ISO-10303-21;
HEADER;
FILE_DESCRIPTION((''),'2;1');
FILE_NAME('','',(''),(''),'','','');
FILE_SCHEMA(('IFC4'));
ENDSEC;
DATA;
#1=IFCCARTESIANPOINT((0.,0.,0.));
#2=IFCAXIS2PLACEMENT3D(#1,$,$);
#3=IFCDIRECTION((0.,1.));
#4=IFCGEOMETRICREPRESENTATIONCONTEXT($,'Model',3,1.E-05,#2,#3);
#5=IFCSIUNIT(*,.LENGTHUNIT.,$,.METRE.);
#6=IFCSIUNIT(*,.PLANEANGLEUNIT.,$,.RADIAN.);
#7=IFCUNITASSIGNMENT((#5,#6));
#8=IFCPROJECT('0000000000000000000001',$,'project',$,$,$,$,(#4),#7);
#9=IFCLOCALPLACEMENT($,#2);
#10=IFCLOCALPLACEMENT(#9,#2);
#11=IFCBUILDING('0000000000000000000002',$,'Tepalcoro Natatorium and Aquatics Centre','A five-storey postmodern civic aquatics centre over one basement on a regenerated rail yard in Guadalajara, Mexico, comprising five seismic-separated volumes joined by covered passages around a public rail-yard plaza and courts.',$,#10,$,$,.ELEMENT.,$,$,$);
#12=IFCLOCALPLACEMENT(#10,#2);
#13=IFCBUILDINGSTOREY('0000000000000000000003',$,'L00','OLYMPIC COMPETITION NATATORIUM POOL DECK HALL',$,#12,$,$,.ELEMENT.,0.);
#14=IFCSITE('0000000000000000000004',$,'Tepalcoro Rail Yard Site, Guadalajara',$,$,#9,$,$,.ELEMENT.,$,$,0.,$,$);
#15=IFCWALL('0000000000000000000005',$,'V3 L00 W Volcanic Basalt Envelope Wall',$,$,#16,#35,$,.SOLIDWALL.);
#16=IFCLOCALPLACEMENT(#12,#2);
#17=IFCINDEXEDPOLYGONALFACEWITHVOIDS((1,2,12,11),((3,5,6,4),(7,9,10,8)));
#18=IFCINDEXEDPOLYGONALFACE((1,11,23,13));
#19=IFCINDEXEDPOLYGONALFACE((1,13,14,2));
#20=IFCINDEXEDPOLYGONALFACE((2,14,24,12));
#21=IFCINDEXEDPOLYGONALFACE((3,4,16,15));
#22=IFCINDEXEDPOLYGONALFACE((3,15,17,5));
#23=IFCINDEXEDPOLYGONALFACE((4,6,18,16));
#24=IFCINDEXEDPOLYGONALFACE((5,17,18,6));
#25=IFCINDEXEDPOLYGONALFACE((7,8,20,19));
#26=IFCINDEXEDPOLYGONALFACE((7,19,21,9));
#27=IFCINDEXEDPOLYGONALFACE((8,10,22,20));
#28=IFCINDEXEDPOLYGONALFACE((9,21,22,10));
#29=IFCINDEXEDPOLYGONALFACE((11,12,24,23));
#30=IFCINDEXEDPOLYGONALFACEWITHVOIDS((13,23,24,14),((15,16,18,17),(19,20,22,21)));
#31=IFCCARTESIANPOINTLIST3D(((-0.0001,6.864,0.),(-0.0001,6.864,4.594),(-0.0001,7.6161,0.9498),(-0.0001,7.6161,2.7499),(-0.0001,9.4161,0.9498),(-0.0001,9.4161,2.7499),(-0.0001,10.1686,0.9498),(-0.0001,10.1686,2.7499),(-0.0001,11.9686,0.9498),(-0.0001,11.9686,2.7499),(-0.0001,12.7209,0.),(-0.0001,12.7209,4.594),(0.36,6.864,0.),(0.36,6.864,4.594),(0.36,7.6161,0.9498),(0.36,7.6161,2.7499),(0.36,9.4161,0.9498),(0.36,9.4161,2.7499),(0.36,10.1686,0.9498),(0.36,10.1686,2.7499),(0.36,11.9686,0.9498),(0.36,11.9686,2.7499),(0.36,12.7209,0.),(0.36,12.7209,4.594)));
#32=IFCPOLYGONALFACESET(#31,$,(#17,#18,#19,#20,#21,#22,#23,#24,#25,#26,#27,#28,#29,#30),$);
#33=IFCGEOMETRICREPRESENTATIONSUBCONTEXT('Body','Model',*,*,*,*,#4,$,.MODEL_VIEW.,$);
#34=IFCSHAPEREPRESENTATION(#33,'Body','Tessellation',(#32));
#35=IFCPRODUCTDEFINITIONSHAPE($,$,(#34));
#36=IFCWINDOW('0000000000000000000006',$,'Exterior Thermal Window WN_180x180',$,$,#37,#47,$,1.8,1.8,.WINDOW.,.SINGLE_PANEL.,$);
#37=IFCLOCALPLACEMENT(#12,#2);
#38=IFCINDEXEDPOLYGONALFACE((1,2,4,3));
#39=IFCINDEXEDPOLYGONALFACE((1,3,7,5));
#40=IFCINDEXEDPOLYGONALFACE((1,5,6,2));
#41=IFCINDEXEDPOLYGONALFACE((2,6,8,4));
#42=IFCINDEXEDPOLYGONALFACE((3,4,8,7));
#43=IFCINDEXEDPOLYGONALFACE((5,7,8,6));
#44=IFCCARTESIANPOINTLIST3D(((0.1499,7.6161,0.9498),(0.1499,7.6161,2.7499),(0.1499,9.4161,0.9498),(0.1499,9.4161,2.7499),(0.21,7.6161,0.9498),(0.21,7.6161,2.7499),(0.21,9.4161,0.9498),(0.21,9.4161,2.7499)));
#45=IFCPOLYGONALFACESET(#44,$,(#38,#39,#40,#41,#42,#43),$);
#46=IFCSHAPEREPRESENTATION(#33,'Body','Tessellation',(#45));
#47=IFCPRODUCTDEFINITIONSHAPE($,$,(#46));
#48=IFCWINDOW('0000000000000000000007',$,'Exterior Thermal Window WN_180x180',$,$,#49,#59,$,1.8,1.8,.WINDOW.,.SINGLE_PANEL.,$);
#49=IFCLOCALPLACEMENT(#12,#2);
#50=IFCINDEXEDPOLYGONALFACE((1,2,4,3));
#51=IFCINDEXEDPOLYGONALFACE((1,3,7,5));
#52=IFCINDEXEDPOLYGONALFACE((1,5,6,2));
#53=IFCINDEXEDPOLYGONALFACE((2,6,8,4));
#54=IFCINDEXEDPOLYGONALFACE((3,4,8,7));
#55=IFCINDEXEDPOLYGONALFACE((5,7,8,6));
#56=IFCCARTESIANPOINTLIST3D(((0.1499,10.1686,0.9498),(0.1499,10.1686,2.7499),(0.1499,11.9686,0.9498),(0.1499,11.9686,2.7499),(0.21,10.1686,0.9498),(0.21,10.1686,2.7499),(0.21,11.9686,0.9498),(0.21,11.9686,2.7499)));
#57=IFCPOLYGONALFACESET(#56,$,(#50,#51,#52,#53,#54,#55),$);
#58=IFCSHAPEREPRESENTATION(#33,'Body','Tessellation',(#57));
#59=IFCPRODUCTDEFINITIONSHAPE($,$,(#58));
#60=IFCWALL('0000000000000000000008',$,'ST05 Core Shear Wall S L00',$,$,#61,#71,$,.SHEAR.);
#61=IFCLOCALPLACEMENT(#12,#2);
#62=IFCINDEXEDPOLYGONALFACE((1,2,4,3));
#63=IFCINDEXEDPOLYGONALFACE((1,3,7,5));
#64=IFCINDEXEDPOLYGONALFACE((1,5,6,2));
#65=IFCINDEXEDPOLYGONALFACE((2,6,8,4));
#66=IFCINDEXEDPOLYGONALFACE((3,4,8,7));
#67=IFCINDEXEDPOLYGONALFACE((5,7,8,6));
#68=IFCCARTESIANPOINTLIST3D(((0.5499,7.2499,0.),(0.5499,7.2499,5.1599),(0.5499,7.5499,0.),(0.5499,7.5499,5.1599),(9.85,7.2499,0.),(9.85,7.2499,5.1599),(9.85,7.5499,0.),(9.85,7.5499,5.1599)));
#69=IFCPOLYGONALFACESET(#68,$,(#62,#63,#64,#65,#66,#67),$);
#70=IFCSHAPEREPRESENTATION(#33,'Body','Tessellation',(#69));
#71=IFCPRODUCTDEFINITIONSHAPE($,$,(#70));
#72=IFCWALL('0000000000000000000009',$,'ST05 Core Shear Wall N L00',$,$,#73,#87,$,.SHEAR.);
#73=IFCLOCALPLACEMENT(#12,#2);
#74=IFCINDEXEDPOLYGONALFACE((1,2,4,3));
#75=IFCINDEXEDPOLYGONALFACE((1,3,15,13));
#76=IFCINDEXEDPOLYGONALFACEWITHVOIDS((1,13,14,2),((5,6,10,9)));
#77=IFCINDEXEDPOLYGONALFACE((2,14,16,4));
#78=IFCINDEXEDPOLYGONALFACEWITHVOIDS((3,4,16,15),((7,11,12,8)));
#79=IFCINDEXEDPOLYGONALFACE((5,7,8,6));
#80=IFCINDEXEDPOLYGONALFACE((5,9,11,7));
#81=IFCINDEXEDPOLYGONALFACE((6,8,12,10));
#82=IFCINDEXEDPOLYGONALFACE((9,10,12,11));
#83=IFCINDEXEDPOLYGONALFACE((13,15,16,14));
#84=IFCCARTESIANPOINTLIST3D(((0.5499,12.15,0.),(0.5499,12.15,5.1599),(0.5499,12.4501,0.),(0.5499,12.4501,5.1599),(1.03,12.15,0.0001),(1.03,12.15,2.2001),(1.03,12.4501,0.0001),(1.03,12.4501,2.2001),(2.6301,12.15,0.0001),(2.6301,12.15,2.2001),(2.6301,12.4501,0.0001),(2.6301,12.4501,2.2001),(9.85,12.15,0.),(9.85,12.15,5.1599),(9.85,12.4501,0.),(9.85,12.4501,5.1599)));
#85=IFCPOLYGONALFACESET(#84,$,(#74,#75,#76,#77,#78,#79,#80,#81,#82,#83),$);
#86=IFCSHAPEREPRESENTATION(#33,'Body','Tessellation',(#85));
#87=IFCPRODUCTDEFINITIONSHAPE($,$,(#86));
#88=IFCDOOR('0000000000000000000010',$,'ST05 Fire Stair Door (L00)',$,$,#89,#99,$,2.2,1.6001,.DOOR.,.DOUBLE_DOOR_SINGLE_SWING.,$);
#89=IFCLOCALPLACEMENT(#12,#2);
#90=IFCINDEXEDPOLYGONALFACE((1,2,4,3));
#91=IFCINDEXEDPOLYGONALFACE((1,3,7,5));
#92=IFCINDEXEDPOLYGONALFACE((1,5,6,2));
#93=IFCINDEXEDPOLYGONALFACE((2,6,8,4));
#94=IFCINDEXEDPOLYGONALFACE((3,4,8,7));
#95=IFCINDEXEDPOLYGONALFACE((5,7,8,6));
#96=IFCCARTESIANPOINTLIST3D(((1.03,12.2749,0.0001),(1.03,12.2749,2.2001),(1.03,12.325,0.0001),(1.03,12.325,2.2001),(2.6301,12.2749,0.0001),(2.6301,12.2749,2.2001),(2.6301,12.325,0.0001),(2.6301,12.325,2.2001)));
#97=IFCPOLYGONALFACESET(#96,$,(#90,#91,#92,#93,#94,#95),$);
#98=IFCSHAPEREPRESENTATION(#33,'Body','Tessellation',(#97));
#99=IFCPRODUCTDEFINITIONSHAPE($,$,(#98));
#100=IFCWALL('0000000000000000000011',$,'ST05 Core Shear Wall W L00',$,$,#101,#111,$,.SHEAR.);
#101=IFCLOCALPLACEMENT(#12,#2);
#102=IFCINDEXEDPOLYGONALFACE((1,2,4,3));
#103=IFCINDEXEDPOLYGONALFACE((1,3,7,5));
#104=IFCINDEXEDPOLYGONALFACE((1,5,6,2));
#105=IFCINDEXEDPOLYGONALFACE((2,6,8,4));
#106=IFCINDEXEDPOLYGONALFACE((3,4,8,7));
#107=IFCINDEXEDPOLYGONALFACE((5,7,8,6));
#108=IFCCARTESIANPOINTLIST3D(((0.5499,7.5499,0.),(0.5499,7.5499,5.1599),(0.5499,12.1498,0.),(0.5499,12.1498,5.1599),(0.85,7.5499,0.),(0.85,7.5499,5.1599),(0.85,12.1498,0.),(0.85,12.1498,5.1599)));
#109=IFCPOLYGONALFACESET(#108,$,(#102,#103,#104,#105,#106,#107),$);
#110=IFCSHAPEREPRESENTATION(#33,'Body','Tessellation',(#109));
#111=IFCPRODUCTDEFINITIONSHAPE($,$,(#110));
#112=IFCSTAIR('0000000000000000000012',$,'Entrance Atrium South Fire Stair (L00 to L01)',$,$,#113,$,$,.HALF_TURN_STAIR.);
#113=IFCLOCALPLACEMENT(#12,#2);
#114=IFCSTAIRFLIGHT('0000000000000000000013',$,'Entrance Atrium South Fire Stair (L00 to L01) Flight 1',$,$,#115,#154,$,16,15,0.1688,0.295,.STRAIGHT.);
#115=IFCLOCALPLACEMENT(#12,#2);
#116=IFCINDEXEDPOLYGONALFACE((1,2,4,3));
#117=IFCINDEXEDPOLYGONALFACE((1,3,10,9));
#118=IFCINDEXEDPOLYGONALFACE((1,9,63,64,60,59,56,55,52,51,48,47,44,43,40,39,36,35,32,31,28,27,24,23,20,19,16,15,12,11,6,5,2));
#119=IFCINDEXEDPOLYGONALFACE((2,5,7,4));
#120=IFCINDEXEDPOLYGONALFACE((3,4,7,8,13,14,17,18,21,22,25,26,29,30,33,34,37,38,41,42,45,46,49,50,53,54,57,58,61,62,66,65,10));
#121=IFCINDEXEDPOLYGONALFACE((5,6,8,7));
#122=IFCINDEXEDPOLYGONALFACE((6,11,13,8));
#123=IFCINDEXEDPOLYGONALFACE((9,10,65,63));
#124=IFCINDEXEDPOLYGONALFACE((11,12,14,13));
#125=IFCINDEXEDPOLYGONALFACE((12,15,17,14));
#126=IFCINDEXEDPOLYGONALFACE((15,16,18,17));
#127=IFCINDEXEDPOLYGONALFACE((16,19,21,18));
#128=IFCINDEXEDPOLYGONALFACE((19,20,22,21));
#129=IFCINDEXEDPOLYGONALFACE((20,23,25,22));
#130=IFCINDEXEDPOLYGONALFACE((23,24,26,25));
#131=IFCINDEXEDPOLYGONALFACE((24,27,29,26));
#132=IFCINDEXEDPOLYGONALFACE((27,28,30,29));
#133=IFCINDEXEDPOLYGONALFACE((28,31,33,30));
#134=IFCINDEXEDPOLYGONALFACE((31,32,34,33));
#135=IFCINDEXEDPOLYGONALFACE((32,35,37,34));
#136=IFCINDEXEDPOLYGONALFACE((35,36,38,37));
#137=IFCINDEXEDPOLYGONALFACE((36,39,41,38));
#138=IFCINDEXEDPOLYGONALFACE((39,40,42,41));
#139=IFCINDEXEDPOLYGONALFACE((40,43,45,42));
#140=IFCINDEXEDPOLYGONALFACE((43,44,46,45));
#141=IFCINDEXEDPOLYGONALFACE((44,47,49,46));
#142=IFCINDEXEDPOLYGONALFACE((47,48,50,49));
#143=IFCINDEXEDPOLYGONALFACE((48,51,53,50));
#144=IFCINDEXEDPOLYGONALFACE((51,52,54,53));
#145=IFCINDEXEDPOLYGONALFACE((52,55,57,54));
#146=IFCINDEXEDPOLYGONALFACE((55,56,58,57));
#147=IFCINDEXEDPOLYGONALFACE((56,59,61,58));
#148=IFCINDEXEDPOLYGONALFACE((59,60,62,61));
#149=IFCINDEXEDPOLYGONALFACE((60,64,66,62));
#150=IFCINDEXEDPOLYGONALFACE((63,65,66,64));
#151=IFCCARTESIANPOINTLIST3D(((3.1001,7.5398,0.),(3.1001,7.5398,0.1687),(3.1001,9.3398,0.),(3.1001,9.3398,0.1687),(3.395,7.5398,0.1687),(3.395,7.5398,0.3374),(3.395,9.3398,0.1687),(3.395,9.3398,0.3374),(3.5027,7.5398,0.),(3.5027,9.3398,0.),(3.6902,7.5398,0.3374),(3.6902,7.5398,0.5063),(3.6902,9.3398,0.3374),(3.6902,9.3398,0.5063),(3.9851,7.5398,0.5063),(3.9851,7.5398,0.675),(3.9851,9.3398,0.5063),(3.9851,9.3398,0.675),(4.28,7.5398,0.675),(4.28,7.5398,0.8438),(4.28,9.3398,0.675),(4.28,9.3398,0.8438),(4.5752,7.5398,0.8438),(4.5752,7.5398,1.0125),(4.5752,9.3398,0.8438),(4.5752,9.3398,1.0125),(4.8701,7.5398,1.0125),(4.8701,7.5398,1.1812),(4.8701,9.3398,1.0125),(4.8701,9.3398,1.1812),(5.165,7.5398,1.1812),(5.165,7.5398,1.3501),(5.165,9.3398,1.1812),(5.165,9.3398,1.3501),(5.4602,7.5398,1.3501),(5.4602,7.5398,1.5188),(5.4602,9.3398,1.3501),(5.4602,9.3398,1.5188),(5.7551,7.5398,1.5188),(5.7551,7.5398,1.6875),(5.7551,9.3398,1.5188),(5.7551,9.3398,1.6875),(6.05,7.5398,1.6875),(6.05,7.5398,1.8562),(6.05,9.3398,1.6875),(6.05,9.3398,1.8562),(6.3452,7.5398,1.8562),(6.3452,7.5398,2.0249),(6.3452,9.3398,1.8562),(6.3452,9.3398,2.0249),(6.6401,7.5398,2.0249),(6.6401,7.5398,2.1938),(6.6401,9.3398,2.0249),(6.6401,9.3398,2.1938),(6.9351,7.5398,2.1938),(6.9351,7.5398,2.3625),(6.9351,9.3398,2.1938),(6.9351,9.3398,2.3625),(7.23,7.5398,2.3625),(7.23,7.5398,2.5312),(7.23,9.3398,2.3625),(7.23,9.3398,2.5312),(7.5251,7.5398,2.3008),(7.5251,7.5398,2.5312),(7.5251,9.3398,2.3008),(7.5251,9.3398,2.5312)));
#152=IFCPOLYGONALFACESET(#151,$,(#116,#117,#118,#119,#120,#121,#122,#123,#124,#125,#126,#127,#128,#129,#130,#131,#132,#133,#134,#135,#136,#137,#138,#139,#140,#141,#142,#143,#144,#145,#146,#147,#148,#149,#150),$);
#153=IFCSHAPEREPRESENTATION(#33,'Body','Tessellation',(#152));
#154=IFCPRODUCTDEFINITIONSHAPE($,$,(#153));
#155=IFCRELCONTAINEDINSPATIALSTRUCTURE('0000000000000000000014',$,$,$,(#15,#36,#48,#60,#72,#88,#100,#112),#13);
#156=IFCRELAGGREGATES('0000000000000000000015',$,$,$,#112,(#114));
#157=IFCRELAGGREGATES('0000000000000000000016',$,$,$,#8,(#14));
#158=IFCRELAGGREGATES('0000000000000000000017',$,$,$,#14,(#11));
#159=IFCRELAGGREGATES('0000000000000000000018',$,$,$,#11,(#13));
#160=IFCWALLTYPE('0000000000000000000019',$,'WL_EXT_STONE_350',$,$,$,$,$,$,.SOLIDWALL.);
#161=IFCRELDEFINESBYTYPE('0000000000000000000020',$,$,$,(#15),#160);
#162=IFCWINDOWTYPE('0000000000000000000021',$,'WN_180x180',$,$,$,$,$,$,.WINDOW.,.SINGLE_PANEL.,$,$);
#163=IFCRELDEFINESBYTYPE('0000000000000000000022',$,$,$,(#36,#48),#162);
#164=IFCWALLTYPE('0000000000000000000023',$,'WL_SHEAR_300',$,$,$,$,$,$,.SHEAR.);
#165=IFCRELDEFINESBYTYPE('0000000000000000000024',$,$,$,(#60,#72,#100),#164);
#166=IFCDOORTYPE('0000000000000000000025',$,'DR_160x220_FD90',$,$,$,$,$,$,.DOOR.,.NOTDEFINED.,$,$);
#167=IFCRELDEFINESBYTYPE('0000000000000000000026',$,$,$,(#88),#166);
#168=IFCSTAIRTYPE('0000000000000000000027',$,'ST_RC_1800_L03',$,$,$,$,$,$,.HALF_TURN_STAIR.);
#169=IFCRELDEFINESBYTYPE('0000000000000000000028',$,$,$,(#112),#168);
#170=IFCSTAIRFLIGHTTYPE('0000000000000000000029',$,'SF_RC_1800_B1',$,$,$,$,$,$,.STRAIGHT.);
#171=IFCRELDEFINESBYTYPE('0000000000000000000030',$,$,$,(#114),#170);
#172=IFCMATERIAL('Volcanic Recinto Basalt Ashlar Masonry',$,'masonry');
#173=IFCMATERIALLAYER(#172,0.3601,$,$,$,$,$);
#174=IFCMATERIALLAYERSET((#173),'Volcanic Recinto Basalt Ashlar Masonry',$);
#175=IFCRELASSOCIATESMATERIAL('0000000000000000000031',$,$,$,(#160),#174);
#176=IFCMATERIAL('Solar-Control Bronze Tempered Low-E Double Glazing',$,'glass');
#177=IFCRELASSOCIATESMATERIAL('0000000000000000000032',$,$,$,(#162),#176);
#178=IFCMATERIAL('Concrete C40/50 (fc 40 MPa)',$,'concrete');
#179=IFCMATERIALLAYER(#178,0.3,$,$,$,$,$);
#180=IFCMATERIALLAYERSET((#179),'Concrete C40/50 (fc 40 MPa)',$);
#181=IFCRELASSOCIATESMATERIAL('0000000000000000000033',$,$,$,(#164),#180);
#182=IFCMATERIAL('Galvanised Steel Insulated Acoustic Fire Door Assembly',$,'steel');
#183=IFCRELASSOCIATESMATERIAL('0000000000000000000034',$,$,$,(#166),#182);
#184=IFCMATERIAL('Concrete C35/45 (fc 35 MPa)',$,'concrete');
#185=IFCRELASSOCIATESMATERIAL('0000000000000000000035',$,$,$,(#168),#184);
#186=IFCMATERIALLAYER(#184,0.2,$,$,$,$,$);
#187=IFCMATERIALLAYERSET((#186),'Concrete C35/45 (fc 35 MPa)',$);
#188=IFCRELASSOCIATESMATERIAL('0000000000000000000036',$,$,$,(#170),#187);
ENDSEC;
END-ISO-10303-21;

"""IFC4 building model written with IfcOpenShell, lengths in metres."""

from ifc_helpers import new_model, si_unit, direction, frame, frame_2d, origin, place, context, subcontext, project, spatial, polyline, rectangle, outline, extrude, material, layer, layer_set, type_object, element, fill, aggregate, save


model = new_model("IFC4")

# Units and contexts
model_context = context("Model", 3, precision=1e-05, world=origin(), true_north=direction((0.0, 1.0)))
body_context = subcontext(model_context, "Body", "Model", "MODEL_VIEW")
ifc_project = project(units=[si_unit("LENGTHUNIT", "METRE"), si_unit("PLANEANGLEUNIT", "RADIAN")], contexts=[model_context])

# Site, building, storey
site_placement = place(None, origin())
site = spatial("IfcSite", under=ifc_project, at=site_placement, Name="Tepalcoro Rail Yard Site, Guadalajara", CompositionType="ELEMENT", RefElevation=0.0)
building_placement = place(site_placement, origin())
building = spatial("IfcBuilding", under=site, at=building_placement, Name="Tepalcoro Natatorium and Aquatics Centre", Description="A five-storey postmodern civic aquatics centre over one basement on a regenerated rail yard in Guadalajara, Mexico, comprising five seismic-separated volumes joined by covered passages around a public rail-yard plaza and courts.", CompositionType="ELEMENT")
storey_placement = place(building_placement, origin())
storey = spatial("IfcBuildingStorey", under=building, at=storey_placement, Name="L00", Description="OLYMPIC COMPETITION NATATORIUM POOL DECK HALL", CompositionType="ELEMENT", Elevation=0.0)

# Shared definitions
ifc_material_1 = material(Name="Concrete C40/50 (fc 40 MPa)", Category="concrete")

# Wall, openings, windows
ifc_material_2 = material(Name="Volcanic Recinto Basalt Ashlar Masonry", Category="masonry")
ifc_layer_1 = layer(ifc_material_2, 0.3601)
ifc_layer_set_1 = layer_set([ifc_layer_1], Name="Volcanic Recinto Basalt Ashlar Masonry")
wall_type_1 = type_object("IfcWallType", Name="WL_EXT_STONE_350", PredefinedType="SOLIDWALL", material=ifc_layer_set_1)
ifc_material_3 = material(Name="Solar-Control Bronze Tempered Low-E Double Glazing", Category="glass")
wall_1_placement = place(storey_placement, frame((0.1799, 6.864, 0.0), z_axis=(0.0, 0.0, 1.0), x_axis=(0.0, 1.0, 0.0)))
wall_1 = element("IfcWall", 1, at=wall_1_placement, inside=storey, type_object=wall_type_1, Name="V3 L00 W Volcanic Basalt Envelope Wall", PredefinedType="SOLIDWALL", context=body_context, shape_type="SweptSolid", body=[
    extrude(rectangle(XDim=5.8569, YDim=0.3601, at=frame_2d((2.9285, 0.0))), origin(), (0.0, 0.0, 1.0), 4.594),
])
opening_1_placement = place(wall_1_placement, frame((0.7522, 0.0, 0.95)))
opening_1 = element("IfcOpeningElement", 2, at=opening_1_placement, cuts=wall_1, PredefinedType="OPENING", context=body_context, shape_type="SweptSolid", body=[
    extrude(rectangle(XDim=1.8, YDim=1.8, at=frame_2d((0.8999, 0.8999))), frame((0.0, 0.1919, 0.0), z_axis=(0.0, -1.0, 0.0), x_axis=(1.0, 0.0, 0.0)), (0.0, 0.0, 1.0), 0.384),
])
opening_2_placement = place(wall_1_placement, frame((3.3047, 0.0, 0.95)))
opening_2 = element("IfcOpeningElement", 3, at=opening_2_placement, cuts=wall_1, PredefinedType="OPENING", context=body_context, shape_type="SweptSolid", body=[
    extrude(rectangle(XDim=1.8, YDim=1.8, at=frame_2d((0.8999, 0.8999))), frame((0.0, 0.1919, 0.0), z_axis=(0.0, -1.0, 0.0), x_axis=(1.0, 0.0, 0.0)), (0.0, 0.0, 1.0), 0.384),
])
window_type_1 = type_object("IfcWindowType", Name="WN_180x180", PartitioningType="SINGLE_PANEL", PredefinedType="WINDOW", material=ifc_material_3)
window_1_placement = place(opening_1_placement, origin())
window_1 = element("IfcWindow", 4, at=window_1_placement, inside=storey, type_object=window_type_1, Name="Exterior Thermal Window WN_180x180", OverallHeight=1.8, OverallWidth=1.8, PartitioningType="SINGLE_PANEL", PredefinedType="WINDOW", context=body_context, shape_type="SweptSolid", body=[
    extrude(rectangle(XDim=1.8, YDim=1.8, at=frame_2d((0.8999, 0.8999))), frame((0.0, 0.03, 0.0), z_axis=(0.0, -1.0, 0.0), x_axis=(1.0, 0.0, 0.0)), (0.0, 0.0, 1.0), 0.0601),
])
fill(opening_1, window_1)
window_2_placement = place(opening_2_placement, origin())
window_2 = element("IfcWindow", 5, at=window_2_placement, inside=storey, type_object=window_type_1, Name="Exterior Thermal Window WN_180x180", OverallHeight=1.8, OverallWidth=1.8, PartitioningType="SINGLE_PANEL", PredefinedType="WINDOW", context=body_context, shape_type="SweptSolid", body=[
    extrude(rectangle(XDim=1.8, YDim=1.8, at=frame_2d((0.8999, 0.8999))), frame((0.0, 0.03, 0.0), z_axis=(0.0, -1.0, 0.0), x_axis=(1.0, 0.0, 0.0)), (0.0, 0.0, 1.0), 0.0601),
])
fill(opening_2, window_2)

# Wall
ifc_layer_2 = layer(ifc_material_1, 0.3)
ifc_layer_set_2 = layer_set([ifc_layer_2], Name="Concrete C40/50 (fc 40 MPa)")
wall_type_2 = type_object("IfcWallType", Name="WL_SHEAR_300", PredefinedType="SHEAR", material=ifc_layer_set_2)
wall_2_placement = place(storey_placement, frame((0.55, 7.3999, 0.0), z_axis=(0.0, 0.0, 1.0), x_axis=(1.0, 0.0, 0.0)))
element("IfcWall", 6, at=wall_2_placement, inside=storey, type_object=wall_type_2, Name="ST05 Core Shear Wall S L00", PredefinedType="SHEAR", context=body_context, shape_type="SweptSolid", body=[
    extrude(rectangle(XDim=9.3, YDim=0.3, at=frame_2d((4.6499, 0.0))), origin(), (0.0, 0.0, 1.0), 5.1599),
])

# Wall, opening, door
wall_3_placement = place(storey_placement, frame((0.55, 12.3, 0.0), z_axis=(0.0, 0.0, 1.0), x_axis=(1.0, 0.0, 0.0)))
wall_3 = element("IfcWall", 7, at=wall_3_placement, inside=storey, type_object=wall_type_2, Name="ST05 Core Shear Wall N L00", PredefinedType="SHEAR", context=body_context, shape_type="SweptSolid", body=[
    extrude(rectangle(XDim=9.3, YDim=0.3, at=frame_2d((4.6499, 0.0))), origin(), (0.0, 0.0, 1.0), 5.1599),
])
opening_3_placement = place(wall_3_placement, frame((0.48, 0.0, 0.0)))
opening_3 = element("IfcOpeningElement", 8, at=opening_3_placement, cuts=wall_3, PredefinedType="OPENING", context=body_context, shape_type="SweptSolid", body=[
    extrude(rectangle(XDim=1.6001, YDim=2.2, at=frame_2d((0.8, 1.1001))), frame((0.0, 0.1621, 0.0), z_axis=(0.0, -1.0, 0.0), x_axis=(1.0, 0.0, 0.0)), (0.0, 0.0, 1.0), 0.324),
])
ifc_material_4 = material(Name="Galvanised Steel Insulated Acoustic Fire Door Assembly", Category="steel")
door_type_1 = type_object("IfcDoorType", Name="DR_160x220_FD90", OperationType="NOTDEFINED", PredefinedType="DOOR", material=ifc_material_4)
door_1_placement = place(opening_3_placement, origin())
door_1 = element("IfcDoor", 9, at=door_1_placement, inside=storey, type_object=door_type_1, Name="ST05 Fire Stair Door (L00)", OperationType="DOUBLE_DOOR_SINGLE_SWING", OverallHeight=2.2, OverallWidth=1.6001, PredefinedType="DOOR", context=body_context, shape_type="SweptSolid", body=[
    extrude(rectangle(XDim=1.6001, YDim=2.2, at=frame_2d((0.8, 1.1001))), frame((0.0, 0.0249, 0.0), z_axis=(0.0, -1.0, 0.0), x_axis=(1.0, 0.0, 0.0)), (0.0, 0.0, 1.0), 0.05),
])
fill(opening_3, door_1)

# Wall
wall_4_placement = place(storey_placement, frame((0.7, 7.55, 0.0), z_axis=(0.0, 0.0, 1.0), x_axis=(0.0, 1.0, 0.0)))
element("IfcWall", 10, at=wall_4_placement, inside=storey, type_object=wall_type_2, Name="ST05 Core Shear Wall W L00", PredefinedType="SHEAR", context=body_context, shape_type="SweptSolid", body=[
    extrude(rectangle(XDim=4.5999, YDim=0.3, at=frame_2d((2.2998, 0.0))), origin(), (0.0, 0.0, 1.0), 5.1599),
])

# Stair, stair flight
ifc_material_5 = material(Name="Concrete C35/45 (fc 35 MPa)", Category="concrete")
stair_type = type_object("IfcStairType", Name="ST_RC_1800_L03", PredefinedType="HALF_TURN_STAIR", material=ifc_material_5)
stair_placement = place(storey_placement, origin())
stair = element("IfcStair", 11, at=stair_placement, inside=storey, type_object=stair_type, Name="Entrance Atrium South Fire Stair (L00 to L01)", PredefinedType="HALF_TURN_STAIR")
ifc_layer_3 = layer(ifc_material_5, 0.2)
ifc_layer_set_3 = layer_set([ifc_layer_3], Name="Concrete C35/45 (fc 35 MPa)")
stair_flight_type = type_object("IfcStairFlightType", Name="SF_RC_1800_B1", PredefinedType="STRAIGHT", material=ifc_layer_set_3)
stair_flight_placement = place(storey_placement, frame((3.1001, 8.4399, 0.0), z_axis=(0.0, 0.0, 1.0), x_axis=(1.0, 0.0, 0.0)))
stair_flight = element("IfcStairFlight", 12, at=stair_flight_placement, type_object=stair_flight_type, Name="Entrance Atrium South Fire Stair (L00 to L01) Flight 1", NumberOfRisers=16, NumberOfTreads=15, PredefinedType="STRAIGHT", RiserHeight=0.1688, TreadLength=0.295, context=body_context, shape_type="SweptSolid", body=[
    extrude(outline(polyline([(0.0, 0.0), (0.0, 0.1687), (0.2949, 0.1687), (0.2949, 0.3374), (0.5901, 0.3374), (0.5901, 0.5063), (0.885, 0.5063), (0.885, 0.675), (1.1799, 0.675), (1.1799, 0.8438), (1.4751, 0.8438), (1.4751, 1.0125), (1.77, 1.0125), (1.77, 1.1812), (2.0649, 1.1812), (2.0649, 1.3501), (2.3601, 1.3501), (2.3601, 1.5188), (2.655, 1.5188), (2.655, 1.6875), (2.95, 1.6875), (2.95, 1.8562), (3.2451, 1.8562), (3.2451, 2.0249), (3.54, 2.0249), (3.54, 2.1938), (3.835, 2.1938), (3.835, 2.3625), (4.1299, 2.3625), (4.1299, 2.5312), (4.425, 2.5312), (4.425, 2.7), (4.425, 2.3008), (0.4026, 0.0), (0.0, 0.0)])), frame((0.0, 0.8999, 0.0), z_axis=(0.0, -1.0, 0.0), x_axis=(1.0, 0.0, 0.0)), (0.0, 0.0, 1.0), 1.8),
])
aggregate(stair, [stair_flight])

save(model, "model.ifc")
